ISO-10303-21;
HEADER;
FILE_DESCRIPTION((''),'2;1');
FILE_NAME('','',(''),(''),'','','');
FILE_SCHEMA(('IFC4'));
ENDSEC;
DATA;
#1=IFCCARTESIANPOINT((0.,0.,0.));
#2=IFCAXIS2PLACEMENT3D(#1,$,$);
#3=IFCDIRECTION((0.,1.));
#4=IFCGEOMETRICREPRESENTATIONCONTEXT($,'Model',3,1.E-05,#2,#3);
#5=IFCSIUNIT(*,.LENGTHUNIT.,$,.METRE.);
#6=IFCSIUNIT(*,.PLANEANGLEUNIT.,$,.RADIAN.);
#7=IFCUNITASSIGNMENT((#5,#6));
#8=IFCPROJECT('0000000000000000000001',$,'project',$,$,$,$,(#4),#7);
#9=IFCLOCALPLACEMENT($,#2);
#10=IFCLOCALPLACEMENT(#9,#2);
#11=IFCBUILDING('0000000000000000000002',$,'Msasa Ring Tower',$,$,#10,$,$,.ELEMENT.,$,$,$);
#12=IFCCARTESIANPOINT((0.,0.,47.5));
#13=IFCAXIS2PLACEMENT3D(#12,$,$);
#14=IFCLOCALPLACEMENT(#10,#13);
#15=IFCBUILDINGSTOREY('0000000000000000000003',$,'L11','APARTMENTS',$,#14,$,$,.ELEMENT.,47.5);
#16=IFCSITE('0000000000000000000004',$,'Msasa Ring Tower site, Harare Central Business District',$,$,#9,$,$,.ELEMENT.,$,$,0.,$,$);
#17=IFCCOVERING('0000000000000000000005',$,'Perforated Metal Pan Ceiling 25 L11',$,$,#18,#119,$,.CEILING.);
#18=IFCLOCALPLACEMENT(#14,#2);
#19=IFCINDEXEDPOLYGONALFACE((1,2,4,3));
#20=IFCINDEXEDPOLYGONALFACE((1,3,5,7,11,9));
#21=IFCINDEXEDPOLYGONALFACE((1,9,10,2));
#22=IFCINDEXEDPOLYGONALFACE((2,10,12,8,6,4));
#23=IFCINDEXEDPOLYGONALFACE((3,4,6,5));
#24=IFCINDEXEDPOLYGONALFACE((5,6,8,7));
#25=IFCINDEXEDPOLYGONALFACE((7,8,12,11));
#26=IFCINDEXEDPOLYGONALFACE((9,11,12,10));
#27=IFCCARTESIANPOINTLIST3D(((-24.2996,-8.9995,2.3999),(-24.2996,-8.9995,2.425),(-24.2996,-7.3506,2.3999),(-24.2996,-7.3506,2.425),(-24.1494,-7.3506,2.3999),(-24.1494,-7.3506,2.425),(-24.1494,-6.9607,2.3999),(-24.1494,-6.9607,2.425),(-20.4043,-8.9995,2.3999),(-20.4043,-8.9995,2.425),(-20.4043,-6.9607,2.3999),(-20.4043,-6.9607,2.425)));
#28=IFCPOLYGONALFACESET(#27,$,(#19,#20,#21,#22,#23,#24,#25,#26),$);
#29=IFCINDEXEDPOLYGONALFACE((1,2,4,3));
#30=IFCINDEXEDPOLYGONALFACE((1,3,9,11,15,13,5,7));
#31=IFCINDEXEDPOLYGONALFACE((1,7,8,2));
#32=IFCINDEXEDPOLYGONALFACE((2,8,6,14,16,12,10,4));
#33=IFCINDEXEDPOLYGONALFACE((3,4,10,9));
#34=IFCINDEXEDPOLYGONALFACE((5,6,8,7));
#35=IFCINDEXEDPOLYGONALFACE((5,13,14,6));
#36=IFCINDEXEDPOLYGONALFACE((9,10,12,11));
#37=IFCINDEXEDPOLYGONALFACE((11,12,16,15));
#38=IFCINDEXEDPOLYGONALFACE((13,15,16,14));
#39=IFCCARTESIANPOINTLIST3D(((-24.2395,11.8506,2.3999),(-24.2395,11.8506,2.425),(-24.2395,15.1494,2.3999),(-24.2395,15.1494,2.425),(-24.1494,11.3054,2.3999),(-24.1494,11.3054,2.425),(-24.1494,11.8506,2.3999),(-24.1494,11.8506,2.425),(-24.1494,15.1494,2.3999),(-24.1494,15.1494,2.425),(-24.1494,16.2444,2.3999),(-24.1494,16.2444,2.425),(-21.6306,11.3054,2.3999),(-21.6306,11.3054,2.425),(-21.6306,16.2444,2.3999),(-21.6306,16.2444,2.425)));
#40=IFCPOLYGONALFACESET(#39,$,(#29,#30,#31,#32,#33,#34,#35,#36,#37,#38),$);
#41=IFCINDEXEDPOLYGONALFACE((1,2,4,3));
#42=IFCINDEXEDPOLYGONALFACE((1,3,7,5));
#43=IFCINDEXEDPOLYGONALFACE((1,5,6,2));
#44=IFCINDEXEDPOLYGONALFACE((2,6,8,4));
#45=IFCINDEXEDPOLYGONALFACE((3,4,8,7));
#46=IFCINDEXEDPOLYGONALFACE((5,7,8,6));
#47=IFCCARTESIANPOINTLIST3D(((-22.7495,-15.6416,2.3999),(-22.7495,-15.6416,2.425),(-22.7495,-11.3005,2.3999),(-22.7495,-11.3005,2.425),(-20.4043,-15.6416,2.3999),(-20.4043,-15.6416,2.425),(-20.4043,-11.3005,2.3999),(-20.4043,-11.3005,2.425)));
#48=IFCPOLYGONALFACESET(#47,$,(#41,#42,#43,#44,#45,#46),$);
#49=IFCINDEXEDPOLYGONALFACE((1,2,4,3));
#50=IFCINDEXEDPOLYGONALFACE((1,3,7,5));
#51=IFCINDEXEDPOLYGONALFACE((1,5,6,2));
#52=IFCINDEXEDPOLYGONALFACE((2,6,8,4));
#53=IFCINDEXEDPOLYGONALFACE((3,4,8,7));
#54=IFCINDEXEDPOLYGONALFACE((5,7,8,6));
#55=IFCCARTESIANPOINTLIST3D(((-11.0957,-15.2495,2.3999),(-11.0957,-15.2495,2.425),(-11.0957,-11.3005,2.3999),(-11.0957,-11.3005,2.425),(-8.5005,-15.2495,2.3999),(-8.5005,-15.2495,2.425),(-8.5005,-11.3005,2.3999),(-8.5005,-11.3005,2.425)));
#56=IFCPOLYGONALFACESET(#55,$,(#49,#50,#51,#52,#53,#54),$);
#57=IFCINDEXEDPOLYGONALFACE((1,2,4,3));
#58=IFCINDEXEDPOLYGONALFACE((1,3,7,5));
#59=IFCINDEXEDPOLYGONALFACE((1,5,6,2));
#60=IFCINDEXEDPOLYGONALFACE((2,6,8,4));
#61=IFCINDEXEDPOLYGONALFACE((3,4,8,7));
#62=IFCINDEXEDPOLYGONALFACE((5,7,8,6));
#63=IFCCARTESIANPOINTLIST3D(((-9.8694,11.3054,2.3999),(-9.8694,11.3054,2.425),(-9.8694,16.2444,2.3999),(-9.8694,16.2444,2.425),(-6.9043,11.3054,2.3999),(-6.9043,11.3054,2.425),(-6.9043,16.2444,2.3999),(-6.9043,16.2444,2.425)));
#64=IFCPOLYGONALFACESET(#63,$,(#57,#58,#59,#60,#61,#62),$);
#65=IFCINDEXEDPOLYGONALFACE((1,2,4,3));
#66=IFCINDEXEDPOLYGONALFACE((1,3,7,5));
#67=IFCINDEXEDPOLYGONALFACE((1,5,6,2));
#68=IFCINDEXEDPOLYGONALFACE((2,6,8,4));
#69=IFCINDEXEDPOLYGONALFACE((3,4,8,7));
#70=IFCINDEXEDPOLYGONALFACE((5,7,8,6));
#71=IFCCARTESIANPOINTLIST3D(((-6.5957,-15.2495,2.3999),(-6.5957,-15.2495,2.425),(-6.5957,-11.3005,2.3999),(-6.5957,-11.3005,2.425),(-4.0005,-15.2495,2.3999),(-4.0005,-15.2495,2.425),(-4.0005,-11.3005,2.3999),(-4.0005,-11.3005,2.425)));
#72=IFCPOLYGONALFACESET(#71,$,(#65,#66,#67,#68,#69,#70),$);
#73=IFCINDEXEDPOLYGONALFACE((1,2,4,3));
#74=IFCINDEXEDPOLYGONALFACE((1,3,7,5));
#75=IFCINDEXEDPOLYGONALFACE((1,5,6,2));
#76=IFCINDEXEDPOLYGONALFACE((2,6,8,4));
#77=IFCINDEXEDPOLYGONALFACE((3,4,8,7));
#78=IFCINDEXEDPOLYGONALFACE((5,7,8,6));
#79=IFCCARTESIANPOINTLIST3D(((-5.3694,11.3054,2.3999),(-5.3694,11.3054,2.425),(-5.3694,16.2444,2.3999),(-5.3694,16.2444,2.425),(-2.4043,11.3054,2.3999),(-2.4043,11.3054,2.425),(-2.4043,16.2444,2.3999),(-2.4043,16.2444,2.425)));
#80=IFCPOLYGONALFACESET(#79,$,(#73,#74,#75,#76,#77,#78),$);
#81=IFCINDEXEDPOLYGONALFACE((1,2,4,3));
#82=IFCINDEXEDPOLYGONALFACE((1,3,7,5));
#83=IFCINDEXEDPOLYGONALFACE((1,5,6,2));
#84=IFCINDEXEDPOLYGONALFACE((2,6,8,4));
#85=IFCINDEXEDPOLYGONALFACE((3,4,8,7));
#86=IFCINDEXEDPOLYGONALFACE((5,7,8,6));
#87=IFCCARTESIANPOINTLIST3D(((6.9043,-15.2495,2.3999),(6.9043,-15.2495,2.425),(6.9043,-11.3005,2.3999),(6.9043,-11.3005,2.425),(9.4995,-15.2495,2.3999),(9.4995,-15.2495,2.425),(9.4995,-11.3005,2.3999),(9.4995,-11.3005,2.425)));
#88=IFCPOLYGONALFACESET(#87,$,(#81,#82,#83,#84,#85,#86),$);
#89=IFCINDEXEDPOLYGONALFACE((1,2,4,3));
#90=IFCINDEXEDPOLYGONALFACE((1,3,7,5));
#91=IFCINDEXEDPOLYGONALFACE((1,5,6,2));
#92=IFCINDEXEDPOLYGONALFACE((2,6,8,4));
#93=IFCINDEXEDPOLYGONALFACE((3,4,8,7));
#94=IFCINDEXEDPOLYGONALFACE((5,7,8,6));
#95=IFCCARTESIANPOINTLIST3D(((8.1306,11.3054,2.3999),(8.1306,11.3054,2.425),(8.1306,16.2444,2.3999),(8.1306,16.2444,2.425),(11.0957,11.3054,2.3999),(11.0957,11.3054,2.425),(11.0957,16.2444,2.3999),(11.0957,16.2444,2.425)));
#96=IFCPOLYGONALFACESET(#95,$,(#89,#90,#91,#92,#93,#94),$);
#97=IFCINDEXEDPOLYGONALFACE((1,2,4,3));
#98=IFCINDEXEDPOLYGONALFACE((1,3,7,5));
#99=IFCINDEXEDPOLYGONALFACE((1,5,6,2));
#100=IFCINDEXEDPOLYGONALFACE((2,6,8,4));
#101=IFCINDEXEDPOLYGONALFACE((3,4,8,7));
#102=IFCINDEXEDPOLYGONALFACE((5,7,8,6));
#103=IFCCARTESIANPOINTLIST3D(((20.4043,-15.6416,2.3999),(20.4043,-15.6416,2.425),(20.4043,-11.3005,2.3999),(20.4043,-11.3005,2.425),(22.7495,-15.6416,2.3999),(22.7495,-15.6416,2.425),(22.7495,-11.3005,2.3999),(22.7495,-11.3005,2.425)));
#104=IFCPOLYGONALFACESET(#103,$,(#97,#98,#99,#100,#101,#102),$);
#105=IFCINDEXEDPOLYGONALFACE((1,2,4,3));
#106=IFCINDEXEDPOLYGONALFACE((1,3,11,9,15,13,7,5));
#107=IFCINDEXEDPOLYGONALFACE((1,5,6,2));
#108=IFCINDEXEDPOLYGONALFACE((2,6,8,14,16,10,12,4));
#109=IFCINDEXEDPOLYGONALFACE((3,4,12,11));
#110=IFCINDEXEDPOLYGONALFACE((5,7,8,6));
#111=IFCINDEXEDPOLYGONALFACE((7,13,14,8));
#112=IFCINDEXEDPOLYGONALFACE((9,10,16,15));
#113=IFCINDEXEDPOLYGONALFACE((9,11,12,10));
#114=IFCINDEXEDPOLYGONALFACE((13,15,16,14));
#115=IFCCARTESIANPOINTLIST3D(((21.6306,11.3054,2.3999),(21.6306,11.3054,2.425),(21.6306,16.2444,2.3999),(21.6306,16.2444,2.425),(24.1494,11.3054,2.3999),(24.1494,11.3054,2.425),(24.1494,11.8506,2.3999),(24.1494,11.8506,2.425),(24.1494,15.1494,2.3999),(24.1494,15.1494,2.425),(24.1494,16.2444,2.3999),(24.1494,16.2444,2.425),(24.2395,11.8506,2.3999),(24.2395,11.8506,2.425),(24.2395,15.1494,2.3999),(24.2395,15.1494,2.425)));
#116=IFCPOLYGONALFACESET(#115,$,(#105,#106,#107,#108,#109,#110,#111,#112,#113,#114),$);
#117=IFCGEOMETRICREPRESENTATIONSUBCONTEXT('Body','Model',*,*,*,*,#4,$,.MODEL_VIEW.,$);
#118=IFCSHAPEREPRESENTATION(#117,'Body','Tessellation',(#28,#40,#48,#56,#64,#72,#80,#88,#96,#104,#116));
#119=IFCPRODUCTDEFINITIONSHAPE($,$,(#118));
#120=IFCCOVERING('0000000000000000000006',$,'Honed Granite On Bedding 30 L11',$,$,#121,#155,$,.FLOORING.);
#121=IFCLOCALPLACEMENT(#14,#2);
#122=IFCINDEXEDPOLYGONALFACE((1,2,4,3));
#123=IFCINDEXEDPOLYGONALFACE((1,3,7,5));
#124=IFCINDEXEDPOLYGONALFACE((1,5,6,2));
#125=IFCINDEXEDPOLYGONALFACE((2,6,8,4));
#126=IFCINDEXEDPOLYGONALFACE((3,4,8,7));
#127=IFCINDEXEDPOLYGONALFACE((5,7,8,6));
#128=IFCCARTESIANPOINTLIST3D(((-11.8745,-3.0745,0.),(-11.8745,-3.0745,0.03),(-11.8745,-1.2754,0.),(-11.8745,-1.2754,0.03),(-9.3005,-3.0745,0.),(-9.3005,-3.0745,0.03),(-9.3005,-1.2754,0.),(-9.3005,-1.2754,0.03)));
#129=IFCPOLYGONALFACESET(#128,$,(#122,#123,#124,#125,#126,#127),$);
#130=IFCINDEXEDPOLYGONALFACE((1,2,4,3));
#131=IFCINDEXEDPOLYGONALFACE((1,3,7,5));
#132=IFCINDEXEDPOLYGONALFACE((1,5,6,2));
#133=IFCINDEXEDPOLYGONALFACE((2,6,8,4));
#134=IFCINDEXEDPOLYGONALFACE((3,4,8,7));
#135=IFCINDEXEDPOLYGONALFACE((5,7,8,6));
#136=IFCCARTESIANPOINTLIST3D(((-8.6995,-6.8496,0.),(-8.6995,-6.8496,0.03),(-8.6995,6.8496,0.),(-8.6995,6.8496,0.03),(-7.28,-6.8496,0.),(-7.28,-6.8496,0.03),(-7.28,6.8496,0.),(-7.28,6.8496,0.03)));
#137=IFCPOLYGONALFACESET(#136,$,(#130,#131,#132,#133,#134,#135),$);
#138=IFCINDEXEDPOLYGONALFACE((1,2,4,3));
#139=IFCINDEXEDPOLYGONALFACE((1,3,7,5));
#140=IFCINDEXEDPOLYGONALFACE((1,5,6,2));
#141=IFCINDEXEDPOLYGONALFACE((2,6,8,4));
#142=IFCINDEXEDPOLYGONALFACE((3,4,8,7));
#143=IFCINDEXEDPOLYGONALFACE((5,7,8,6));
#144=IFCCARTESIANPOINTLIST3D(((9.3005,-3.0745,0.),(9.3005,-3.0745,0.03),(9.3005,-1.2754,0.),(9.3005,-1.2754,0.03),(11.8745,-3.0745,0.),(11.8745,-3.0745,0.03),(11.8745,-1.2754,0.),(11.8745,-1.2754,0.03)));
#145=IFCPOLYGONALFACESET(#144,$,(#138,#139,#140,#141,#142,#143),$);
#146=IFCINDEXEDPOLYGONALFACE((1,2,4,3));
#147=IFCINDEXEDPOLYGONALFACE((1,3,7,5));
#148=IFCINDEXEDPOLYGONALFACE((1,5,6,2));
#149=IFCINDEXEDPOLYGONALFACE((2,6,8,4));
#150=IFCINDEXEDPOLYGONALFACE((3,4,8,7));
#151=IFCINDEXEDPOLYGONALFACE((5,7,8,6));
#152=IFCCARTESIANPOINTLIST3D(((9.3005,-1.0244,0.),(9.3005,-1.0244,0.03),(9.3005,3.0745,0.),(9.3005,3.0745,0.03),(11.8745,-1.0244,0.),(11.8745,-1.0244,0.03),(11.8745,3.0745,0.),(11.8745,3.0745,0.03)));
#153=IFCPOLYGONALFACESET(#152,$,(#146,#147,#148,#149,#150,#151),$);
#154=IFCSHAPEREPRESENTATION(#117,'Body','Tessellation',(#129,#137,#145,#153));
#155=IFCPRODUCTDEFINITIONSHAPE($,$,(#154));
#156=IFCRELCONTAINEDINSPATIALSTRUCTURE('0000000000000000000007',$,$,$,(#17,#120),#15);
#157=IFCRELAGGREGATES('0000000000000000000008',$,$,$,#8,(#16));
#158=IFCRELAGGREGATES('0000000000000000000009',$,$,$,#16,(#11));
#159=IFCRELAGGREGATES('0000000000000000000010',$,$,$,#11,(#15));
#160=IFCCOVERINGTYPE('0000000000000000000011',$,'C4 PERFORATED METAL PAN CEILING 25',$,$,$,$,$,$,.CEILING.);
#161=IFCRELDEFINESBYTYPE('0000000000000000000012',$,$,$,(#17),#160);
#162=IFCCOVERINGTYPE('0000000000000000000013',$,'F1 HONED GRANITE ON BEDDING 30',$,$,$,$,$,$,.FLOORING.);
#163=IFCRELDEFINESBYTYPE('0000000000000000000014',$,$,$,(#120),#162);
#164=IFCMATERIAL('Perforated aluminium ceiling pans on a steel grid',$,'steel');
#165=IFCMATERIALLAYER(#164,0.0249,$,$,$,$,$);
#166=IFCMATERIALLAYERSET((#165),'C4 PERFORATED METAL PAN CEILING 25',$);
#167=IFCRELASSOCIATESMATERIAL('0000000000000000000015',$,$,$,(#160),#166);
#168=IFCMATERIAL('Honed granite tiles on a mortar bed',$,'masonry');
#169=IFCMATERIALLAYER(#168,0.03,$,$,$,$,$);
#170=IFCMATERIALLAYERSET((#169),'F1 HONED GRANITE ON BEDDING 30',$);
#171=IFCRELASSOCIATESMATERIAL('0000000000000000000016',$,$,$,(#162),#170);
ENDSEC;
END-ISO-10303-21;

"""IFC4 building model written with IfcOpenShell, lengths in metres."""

from ifc_helpers import new_model, si_unit, direction, frame, origin, place, context, subcontext, project, spatial, line, indexed_curve, outline, extrude, material, layer, layer_set, type_object, element, save


model = new_model("IFC4")

# Units and contexts
model_context = context("Model", 3, precision=1e-05, world=origin(), true_north=direction((0.0, 1.0)))
body_context = subcontext(model_context, "Body", "Model", "MODEL_VIEW")
ifc_project = project(units=[si_unit("LENGTHUNIT", "METRE"), si_unit("PLANEANGLEUNIT", "RADIAN")], contexts=[model_context])

# Site, building, storey
site_placement = place(None, origin())
site = spatial("IfcSite", under=ifc_project, at=site_placement, Name="Msasa Ring Tower site, Harare Central Business District", CompositionType="ELEMENT", RefElevation=0.0)
building_placement = place(site_placement, origin())
building = spatial("IfcBuilding", under=site, at=building_placement, Name="Msasa Ring Tower", CompositionType="ELEMENT")
storey_placement = place(building_placement, frame((0.0, 0.0, 47.5)))
storey = spatial("IfcBuildingStorey", under=building, at=storey_placement, Name="L11", Description="APARTMENTS", CompositionType="ELEMENT", Elevation=47.5)

# Coverings
ifc_material_1 = material(Name="Perforated aluminium ceiling pans on a steel grid", Category="steel")
ifc_layer_1 = layer(ifc_material_1, 0.0249)
ifc_layer_set_1 = layer_set([ifc_layer_1], Name="C4 PERFORATED METAL PAN CEILING 25")
covering_type_1 = type_object("IfcCoveringType", Name="C4 PERFORATED METAL PAN CEILING 25", PredefinedType="CEILING", material=ifc_layer_set_1)
covering_1_placement = place(storey_placement, frame((0.0, 0.0, 2.3999)))
element("IfcCovering", 1, at=covering_1_placement, inside=storey, type_object=covering_type_1, Name="Perforated Metal Pan Ceiling 25 L11", PredefinedType="CEILING", context=body_context, shape_type="SweptSolid", body=[
    extrude(outline(indexed_curve([(-24.2996, -8.9995), (-24.2996, -7.3506), (-24.1494, -7.3506), (-24.1494, -6.9607), (-20.4043, -6.9607), (-20.4043, -8.9995)], segments=[line(1, 2, 3, 4, 5, 6, 1)], self_intersect=False)), origin(), (0.0, 0.0, 1.0), 0.0251),
    extrude(outline(indexed_curve([(-24.2395, 15.1494), (-24.1494, 15.1494), (-24.1494, 16.2444), (-21.6306, 16.2444), (-21.6306, 11.3054), (-24.1494, 11.3054), (-24.1494, 11.8506), (-24.2395, 11.8506)], segments=[line(1, 2, 3, 4, 5, 6, 7, 8, 1)], self_intersect=False)), origin(), (0.0, 0.0, 1.0), 0.0251),
    extrude(outline(indexed_curve([(-22.7495, -15.6416), (-22.7495, -11.3005), (-20.4043, -11.3005), (-20.4043, -15.6416)], segments=[line(1, 2, 3, 4, 1)], self_intersect=False)), origin(), (0.0, 0.0, 1.0), 0.0251),
    extrude(outline(indexed_curve([(-11.0957, -15.2495), (-11.0957, -11.3005), (-8.5005, -11.3005), (-8.5005, -15.2495)], segments=[line(1, 2, 3, 4, 1)], self_intersect=False)), origin(), (0.0, 0.0, 1.0), 0.0251),
    extrude(outline(indexed_curve([(-9.8694, 11.3054), (-9.8694, 16.2444), (-6.9043, 16.2444), (-6.9043, 11.3054)], segments=[line(1, 2, 3, 4, 1)], self_intersect=False)), origin(), (0.0, 0.0, 1.0), 0.0251),
    extrude(outline(indexed_curve([(-6.5957, -15.2495), (-6.5957, -11.3005), (-4.0005, -11.3005), (-4.0005, -15.2495)], segments=[line(1, 2, 3, 4, 1)], self_intersect=False)), origin(), (0.0, 0.0, 1.0), 0.0251),
    extrude(outline(indexed_curve([(-5.3694, 11.3054), (-5.3694, 16.2444), (-2.4043, 16.2444), (-2.4043, 11.3054)], segments=[line(1, 2, 3, 4, 1)], self_intersect=False)), origin(), (0.0, 0.0, 1.0), 0.0251),
    extrude(outline(indexed_curve([(9.4995, -11.3005), (9.4995, -15.2495), (6.9043, -15.2495), (6.9043, -11.3005)], segments=[line(1, 2, 3, 4, 1)], self_intersect=False)), origin(), (0.0, 0.0, 1.0), 0.0251),
    extrude(outline(indexed_curve([(8.1306, 16.2444), (11.0957, 16.2444), (11.0957, 11.3054), (8.1306, 11.3054)], segments=[line(1, 2, 3, 4, 1)], self_intersect=False)), origin(), (0.0, 0.0, 1.0), 0.0251),
    extrude(outline(indexed_curve([(22.7495, -11.3005), (22.7495, -15.6416), (20.4043, -15.6416), (20.4043, -11.3005)], segments=[line(1, 2, 3, 4, 1)], self_intersect=False)), origin(), (0.0, 0.0, 1.0), 0.0251),
    extrude(outline(indexed_curve([(21.6306, 16.2444), (24.1494, 16.2444), (24.1494, 15.1494), (24.2395, 15.1494), (24.2395, 11.8506), (24.1494, 11.8506), (24.1494, 11.3054), (21.6306, 11.3054)], segments=[line(1, 2, 3, 4, 5, 6, 7, 8, 1)], self_intersect=False)), origin(), (0.0, 0.0, 1.0), 0.0251),
])
ifc_material_2 = material(Name="Honed granite tiles on a mortar bed", Category="masonry")
ifc_layer_2 = layer(ifc_material_2, 0.03)
ifc_layer_set_2 = layer_set([ifc_layer_2], Name="F1 HONED GRANITE ON BEDDING 30")
covering_type_2 = type_object("IfcCoveringType", Name="F1 HONED GRANITE ON BEDDING 30", PredefinedType="FLOORING", material=ifc_layer_set_2)
covering_2_placement = place(storey_placement, origin())
element("IfcCovering", 2, at=covering_2_placement, inside=storey, type_object=covering_type_2, Name="Honed Granite On Bedding 30 L11", PredefinedType="FLOORING", context=body_context, shape_type="SweptSolid", body=[
    extrude(outline(indexed_curve([(-11.8745, -3.0745), (-11.8745, -1.2754), (-9.3005, -1.2754), (-9.3005, -3.0745)], segments=[line(1, 2, 3, 4, 1)], self_intersect=False)), origin(), (0.0, 0.0, 1.0), 0.03),
    extrude(outline(indexed_curve([(-8.6995, -6.8496), (-8.6995, 6.8496), (-7.28, 6.8496), (-7.28, -6.8496)], segments=[line(1, 2, 3, 4, 1)], self_intersect=False)), origin(), (0.0, 0.0, 1.0), 0.03),
    extrude(outline(indexed_curve([(9.3005, -3.0745), (9.3005, -1.2754), (11.8745, -1.2754), (11.8745, -3.0745)], segments=[line(1, 2, 3, 4, 1)], self_intersect=False)), origin(), (0.0, 0.0, 1.0), 0.03),
    extrude(outline(indexed_curve([(9.3005, -1.0244), (9.3005, 3.0745), (11.8745, 3.0745), (11.8745, -1.0244)], segments=[line(1, 2, 3, 4, 1)], self_intersect=False)), origin(), (0.0, 0.0, 1.0), 0.03),
])

save(model, "model.ifc")
